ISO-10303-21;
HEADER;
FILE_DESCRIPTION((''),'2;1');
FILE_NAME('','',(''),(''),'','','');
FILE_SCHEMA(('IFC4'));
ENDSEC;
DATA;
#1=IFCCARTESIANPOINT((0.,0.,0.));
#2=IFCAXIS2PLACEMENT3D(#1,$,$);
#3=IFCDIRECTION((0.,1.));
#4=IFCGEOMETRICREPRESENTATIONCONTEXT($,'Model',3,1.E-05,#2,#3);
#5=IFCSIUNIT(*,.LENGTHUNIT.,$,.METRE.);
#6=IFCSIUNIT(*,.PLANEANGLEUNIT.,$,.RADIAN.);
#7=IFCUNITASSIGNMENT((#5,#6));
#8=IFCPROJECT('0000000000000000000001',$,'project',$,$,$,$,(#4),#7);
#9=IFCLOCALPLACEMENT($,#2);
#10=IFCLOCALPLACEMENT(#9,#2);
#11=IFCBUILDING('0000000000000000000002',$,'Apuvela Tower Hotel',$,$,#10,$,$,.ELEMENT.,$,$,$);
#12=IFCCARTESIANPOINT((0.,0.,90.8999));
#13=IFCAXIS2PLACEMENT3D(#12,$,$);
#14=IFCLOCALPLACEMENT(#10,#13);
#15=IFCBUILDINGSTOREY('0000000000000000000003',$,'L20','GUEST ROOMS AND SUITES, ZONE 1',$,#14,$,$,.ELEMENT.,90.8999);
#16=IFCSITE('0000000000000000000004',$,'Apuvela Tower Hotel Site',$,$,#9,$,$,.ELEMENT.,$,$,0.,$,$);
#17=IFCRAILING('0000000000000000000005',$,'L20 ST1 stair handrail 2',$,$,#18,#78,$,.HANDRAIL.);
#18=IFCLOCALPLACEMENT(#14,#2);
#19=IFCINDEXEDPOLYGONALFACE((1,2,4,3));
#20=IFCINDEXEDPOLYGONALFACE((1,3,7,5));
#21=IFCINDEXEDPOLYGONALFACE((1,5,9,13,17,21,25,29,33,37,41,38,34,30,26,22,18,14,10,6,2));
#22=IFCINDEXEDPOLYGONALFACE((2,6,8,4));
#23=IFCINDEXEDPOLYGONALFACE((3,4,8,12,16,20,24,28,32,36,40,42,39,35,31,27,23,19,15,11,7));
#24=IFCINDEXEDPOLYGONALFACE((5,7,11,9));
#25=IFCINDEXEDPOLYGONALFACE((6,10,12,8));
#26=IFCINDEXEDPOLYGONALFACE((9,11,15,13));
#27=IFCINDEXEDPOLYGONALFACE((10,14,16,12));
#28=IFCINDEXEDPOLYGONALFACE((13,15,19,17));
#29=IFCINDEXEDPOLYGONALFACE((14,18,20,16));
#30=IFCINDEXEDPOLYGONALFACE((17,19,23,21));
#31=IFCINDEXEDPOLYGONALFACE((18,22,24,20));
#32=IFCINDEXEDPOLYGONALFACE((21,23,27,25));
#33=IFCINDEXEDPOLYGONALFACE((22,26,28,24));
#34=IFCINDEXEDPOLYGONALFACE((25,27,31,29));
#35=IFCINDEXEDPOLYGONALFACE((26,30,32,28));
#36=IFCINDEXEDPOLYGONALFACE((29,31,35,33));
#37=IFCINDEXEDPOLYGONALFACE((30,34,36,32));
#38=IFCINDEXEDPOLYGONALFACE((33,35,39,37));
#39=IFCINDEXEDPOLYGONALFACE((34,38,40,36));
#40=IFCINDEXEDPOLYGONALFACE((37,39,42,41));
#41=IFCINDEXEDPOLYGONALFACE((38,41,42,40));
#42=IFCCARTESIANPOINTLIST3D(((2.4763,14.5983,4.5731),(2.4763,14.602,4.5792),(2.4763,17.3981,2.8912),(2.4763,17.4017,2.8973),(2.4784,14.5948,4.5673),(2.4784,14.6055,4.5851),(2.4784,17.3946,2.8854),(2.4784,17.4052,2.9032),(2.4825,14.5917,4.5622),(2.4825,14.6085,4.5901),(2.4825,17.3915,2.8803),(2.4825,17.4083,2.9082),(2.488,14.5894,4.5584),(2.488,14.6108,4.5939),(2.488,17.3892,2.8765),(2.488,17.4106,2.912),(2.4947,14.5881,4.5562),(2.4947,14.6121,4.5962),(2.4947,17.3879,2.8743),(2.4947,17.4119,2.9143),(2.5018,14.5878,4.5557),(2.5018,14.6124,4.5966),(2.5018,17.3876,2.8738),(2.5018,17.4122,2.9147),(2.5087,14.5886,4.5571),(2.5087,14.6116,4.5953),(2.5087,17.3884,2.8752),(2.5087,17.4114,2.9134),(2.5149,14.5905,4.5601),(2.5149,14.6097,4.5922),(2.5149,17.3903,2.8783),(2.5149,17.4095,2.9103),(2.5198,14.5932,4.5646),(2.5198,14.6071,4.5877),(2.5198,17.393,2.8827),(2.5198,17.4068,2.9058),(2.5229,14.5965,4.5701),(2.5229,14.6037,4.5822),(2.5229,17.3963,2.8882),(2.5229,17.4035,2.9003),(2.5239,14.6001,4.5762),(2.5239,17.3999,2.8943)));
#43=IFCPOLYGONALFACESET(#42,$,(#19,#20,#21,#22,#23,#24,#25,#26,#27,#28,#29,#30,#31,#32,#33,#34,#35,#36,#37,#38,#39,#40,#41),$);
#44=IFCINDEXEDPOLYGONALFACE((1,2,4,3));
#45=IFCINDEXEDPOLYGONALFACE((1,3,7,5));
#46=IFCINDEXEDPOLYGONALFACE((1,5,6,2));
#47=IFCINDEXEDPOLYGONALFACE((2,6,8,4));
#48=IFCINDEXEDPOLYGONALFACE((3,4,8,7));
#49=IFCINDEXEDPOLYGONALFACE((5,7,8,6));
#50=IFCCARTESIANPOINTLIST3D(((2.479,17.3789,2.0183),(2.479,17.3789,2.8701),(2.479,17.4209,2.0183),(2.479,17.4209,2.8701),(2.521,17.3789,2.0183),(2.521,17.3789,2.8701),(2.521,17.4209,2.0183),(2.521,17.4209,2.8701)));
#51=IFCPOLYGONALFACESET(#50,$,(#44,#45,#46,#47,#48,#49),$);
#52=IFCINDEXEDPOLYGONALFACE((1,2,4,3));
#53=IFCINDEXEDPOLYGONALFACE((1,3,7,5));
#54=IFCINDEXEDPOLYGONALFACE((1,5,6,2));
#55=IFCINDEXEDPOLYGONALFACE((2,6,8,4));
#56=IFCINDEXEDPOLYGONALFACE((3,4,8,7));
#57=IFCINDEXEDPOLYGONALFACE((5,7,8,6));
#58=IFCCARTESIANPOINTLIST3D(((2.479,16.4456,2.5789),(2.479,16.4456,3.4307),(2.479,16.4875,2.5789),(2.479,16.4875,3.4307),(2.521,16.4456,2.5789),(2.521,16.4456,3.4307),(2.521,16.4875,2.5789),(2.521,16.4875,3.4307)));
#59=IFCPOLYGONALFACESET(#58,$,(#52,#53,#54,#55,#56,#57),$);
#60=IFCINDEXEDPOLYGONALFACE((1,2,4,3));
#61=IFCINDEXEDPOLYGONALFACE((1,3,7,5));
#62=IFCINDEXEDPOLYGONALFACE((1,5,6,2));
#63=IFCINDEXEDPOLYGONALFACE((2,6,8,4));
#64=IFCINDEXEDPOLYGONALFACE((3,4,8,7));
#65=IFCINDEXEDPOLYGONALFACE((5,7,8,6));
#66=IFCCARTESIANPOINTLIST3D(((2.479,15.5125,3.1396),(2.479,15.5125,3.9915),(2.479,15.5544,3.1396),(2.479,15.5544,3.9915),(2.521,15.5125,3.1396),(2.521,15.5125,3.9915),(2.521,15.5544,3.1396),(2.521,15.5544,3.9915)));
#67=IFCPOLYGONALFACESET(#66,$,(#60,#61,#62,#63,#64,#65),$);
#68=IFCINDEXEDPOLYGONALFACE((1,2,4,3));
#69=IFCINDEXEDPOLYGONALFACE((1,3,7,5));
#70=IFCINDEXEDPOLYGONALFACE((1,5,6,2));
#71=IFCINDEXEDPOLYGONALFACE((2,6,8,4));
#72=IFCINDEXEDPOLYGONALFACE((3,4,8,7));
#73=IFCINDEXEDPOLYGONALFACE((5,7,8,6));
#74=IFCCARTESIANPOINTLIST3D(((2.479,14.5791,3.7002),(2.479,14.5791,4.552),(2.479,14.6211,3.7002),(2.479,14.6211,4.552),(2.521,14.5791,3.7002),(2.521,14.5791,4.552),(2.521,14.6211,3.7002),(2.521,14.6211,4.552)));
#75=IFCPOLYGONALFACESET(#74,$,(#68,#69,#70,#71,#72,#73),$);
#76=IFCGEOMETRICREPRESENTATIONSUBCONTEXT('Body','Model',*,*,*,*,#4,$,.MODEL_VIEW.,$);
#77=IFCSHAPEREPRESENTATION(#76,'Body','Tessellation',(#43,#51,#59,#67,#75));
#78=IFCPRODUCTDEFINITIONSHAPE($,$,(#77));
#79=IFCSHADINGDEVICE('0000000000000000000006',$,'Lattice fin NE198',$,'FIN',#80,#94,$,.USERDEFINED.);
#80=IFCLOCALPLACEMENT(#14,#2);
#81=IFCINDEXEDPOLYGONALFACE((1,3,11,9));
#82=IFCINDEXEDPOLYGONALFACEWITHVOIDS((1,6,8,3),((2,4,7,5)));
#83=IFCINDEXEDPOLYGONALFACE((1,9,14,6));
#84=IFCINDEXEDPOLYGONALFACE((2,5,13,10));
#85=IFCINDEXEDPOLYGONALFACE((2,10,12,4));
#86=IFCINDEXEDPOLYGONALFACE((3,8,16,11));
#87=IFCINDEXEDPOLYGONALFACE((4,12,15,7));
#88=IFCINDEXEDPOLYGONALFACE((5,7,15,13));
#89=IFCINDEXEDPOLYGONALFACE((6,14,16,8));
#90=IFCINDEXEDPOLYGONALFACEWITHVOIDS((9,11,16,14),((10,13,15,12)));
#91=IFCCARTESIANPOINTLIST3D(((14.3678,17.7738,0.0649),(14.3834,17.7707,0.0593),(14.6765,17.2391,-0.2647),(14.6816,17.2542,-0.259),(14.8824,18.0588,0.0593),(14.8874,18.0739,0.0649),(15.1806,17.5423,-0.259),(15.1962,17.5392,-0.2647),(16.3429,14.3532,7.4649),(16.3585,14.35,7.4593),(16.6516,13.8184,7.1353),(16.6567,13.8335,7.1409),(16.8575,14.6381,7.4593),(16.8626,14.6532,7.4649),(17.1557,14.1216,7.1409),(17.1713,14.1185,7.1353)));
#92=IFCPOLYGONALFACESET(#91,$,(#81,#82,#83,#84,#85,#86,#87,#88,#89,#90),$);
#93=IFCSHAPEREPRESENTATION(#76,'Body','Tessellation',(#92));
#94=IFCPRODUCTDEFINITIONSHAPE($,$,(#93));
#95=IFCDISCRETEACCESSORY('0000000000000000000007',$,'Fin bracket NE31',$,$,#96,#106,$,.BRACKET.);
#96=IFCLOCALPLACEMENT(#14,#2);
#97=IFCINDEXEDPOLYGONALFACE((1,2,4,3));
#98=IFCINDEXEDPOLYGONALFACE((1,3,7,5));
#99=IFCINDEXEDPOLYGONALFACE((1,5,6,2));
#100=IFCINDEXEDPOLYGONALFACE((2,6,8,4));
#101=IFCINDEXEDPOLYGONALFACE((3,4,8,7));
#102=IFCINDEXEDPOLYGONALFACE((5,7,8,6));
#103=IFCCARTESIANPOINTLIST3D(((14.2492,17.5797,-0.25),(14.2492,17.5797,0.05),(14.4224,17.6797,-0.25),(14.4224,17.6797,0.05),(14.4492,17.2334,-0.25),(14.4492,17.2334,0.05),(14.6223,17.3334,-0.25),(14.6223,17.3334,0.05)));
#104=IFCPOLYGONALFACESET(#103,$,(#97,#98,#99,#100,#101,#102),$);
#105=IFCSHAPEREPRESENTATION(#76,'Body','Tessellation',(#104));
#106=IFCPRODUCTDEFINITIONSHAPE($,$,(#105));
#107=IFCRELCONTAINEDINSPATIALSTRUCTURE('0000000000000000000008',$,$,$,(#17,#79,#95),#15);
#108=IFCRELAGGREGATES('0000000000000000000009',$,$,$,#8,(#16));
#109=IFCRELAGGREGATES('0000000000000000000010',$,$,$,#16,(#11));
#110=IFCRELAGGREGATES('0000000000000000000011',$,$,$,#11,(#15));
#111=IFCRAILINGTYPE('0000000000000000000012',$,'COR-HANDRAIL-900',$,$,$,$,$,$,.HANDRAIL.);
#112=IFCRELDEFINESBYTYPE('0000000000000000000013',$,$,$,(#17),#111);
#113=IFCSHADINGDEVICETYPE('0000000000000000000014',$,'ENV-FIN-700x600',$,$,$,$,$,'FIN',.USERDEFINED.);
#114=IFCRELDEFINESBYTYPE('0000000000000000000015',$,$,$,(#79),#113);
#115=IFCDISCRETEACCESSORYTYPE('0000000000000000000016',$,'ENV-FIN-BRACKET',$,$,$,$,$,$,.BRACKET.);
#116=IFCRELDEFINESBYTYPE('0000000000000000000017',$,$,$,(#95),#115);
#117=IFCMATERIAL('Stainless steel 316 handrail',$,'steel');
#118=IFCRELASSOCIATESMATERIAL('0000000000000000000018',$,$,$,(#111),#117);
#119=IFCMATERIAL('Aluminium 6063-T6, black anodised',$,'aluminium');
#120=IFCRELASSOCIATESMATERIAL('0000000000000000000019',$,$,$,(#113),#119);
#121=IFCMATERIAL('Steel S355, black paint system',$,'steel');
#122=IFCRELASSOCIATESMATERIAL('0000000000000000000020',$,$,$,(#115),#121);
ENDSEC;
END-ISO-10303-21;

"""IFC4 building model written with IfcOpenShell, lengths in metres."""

from ifc_helpers import new_model, si_unit, direction, frame, origin, origin_2d, place, context, subcontext, project, spatial, rectangle, hollow_rectangle, circle, extrude, material, material_profile, profile_set, type_object, element, save


model = new_model("IFC4")

# Units and contexts
model_context = context("Model", 3, precision=1e-05, world=origin(), true_north=direction((0.0, 1.0)))
body_context = subcontext(model_context, "Body", "Model", "MODEL_VIEW")
ifc_project = project(units=[si_unit("LENGTHUNIT", "METRE"), si_unit("PLANEANGLEUNIT", "RADIAN")], contexts=[model_context])

# Site, building, storey
site_placement = place(None, origin())
site = spatial("IfcSite", under=ifc_project, at=site_placement, Name="Apuvela Tower Hotel Site", CompositionType="ELEMENT", RefElevation=0.0)
building_placement = place(site_placement, origin())
building = spatial("IfcBuilding", under=site, at=building_placement, Name="Apuvela Tower Hotel", CompositionType="ELEMENT")
storey_placement = place(building_placement, frame((0.0, 0.0, 90.8999)))
storey = spatial("IfcBuildingStorey", under=building, at=storey_placement, Name="L20", Description="GUEST ROOMS AND SUITES, ZONE 1", CompositionType="ELEMENT", Elevation=90.8999)

# Railing
ifc_material_1 = material(Name="Stainless steel 316 handrail", Category="steel")
railing_type_1 = type_object("IfcRailingType", Name="COR-HANDRAIL-900", PredefinedType="HANDRAIL", material=ifc_material_1)
railing_1_placement = place(storey_placement, frame((2.5, 17.3999, 2.0183)))
element("IfcRailing", 1, at=railing_1_placement, inside=storey, type_object=railing_type_1, Name="L20 ST1 stair handrail 2", PredefinedType="HANDRAIL", context=body_context, shape_type="SweptSolid", body=[
    extrude(circle(Radius=0.0239, at=origin_2d()), frame((0.0, 0.0, 0.876), z_axis=(0.0, -0.857222, 0.514946), x_axis=(1.0, 0.0, 0.0)), (0.0, 0.0, 1.0), 3.2661),
    extrude(rectangle(XDim=0.042, YDim=0.042, at=origin_2d()), origin(), (0.0, 0.0, 1.0), 0.8518),
    extrude(rectangle(XDim=0.042, YDim=0.042, at=origin_2d()), frame((0.0, -0.9333, 0.5605)), (0.0, 0.0, 1.0), 0.8518),
    extrude(rectangle(XDim=0.042, YDim=0.042, at=origin_2d()), frame((0.0, -1.8665, 1.1213)), (0.0, 0.0, 1.0), 0.8518),
    extrude(rectangle(XDim=0.042, YDim=0.042, at=origin_2d()), frame((0.0, -2.7998, 1.6819)), (0.0, 0.0, 1.0), 0.8518),
])

# Shading device
ifc_material_2 = material(Name="Aluminium 6063-T6, black anodised", Category="aluminium")
ifc_material_profile_1 = material_profile(ifc_material_2, hollow_rectangle(XDim=0.6001, YDim=0.7, WallThickness=0.012, at=origin_2d()), Name="AL BOX 700x600x12")
ifc_profile_set_1 = profile_set([ifc_material_profile_1], Name="Aluminium 6063-T6, black anodised")
shading_device_type = type_object("IfcShadingDeviceType", Name="ENV-FIN-700x600", ElementType="FIN", PredefinedType="USERDEFINED", material=ifc_profile_set_1)
shading_device_placement = place(storey_placement, frame((14.782, 17.6565, -0.0999), z_axis=(0.235464, -0.407798, 0.882189), x_axis=(0.866005, 0.500035, 0.0)))
element("IfcShadingDevice", 2, at=shading_device_placement, inside=storey, type_object=shading_device_type, Name="Lattice fin NE198", ObjectType="FIN", PredefinedType="USERDEFINED", context=body_context, shape_type="SweptSolid", body=[
    extrude(hollow_rectangle(XDim=0.6001, YDim=0.7, WallThickness=0.012, at=origin_2d()), origin(), (0.0, 0.0, 1.0), 8.3882),
])

# Discrete accessory
ifc_material_3 = material(Name="Steel S355, black paint system", Category="steel")
discrete_accessory_type = type_object("IfcDiscreteAccessoryType", Name="ENV-FIN-BRACKET", PredefinedType="BRACKET", material=ifc_material_3)
discrete_accessory_placement = place(storey_placement, frame((14.4358, 17.4565, -0.25), z_axis=(0.0, 0.0, 1.0), x_axis=(-0.5, 0.866025, 0.0)))
element("IfcDiscreteAccessory", 3, at=discrete_accessory_placement, inside=storey, type_object=discrete_accessory_type, Name="Fin bracket NE31", PredefinedType="BRACKET", context=body_context, shape_type="SweptSolid", body=[
    extrude(rectangle(XDim=0.3999, YDim=0.2, at=origin_2d()), origin(), (0.0, 0.0, 1.0), 0.3),
])

save(model, "model.ifc")
